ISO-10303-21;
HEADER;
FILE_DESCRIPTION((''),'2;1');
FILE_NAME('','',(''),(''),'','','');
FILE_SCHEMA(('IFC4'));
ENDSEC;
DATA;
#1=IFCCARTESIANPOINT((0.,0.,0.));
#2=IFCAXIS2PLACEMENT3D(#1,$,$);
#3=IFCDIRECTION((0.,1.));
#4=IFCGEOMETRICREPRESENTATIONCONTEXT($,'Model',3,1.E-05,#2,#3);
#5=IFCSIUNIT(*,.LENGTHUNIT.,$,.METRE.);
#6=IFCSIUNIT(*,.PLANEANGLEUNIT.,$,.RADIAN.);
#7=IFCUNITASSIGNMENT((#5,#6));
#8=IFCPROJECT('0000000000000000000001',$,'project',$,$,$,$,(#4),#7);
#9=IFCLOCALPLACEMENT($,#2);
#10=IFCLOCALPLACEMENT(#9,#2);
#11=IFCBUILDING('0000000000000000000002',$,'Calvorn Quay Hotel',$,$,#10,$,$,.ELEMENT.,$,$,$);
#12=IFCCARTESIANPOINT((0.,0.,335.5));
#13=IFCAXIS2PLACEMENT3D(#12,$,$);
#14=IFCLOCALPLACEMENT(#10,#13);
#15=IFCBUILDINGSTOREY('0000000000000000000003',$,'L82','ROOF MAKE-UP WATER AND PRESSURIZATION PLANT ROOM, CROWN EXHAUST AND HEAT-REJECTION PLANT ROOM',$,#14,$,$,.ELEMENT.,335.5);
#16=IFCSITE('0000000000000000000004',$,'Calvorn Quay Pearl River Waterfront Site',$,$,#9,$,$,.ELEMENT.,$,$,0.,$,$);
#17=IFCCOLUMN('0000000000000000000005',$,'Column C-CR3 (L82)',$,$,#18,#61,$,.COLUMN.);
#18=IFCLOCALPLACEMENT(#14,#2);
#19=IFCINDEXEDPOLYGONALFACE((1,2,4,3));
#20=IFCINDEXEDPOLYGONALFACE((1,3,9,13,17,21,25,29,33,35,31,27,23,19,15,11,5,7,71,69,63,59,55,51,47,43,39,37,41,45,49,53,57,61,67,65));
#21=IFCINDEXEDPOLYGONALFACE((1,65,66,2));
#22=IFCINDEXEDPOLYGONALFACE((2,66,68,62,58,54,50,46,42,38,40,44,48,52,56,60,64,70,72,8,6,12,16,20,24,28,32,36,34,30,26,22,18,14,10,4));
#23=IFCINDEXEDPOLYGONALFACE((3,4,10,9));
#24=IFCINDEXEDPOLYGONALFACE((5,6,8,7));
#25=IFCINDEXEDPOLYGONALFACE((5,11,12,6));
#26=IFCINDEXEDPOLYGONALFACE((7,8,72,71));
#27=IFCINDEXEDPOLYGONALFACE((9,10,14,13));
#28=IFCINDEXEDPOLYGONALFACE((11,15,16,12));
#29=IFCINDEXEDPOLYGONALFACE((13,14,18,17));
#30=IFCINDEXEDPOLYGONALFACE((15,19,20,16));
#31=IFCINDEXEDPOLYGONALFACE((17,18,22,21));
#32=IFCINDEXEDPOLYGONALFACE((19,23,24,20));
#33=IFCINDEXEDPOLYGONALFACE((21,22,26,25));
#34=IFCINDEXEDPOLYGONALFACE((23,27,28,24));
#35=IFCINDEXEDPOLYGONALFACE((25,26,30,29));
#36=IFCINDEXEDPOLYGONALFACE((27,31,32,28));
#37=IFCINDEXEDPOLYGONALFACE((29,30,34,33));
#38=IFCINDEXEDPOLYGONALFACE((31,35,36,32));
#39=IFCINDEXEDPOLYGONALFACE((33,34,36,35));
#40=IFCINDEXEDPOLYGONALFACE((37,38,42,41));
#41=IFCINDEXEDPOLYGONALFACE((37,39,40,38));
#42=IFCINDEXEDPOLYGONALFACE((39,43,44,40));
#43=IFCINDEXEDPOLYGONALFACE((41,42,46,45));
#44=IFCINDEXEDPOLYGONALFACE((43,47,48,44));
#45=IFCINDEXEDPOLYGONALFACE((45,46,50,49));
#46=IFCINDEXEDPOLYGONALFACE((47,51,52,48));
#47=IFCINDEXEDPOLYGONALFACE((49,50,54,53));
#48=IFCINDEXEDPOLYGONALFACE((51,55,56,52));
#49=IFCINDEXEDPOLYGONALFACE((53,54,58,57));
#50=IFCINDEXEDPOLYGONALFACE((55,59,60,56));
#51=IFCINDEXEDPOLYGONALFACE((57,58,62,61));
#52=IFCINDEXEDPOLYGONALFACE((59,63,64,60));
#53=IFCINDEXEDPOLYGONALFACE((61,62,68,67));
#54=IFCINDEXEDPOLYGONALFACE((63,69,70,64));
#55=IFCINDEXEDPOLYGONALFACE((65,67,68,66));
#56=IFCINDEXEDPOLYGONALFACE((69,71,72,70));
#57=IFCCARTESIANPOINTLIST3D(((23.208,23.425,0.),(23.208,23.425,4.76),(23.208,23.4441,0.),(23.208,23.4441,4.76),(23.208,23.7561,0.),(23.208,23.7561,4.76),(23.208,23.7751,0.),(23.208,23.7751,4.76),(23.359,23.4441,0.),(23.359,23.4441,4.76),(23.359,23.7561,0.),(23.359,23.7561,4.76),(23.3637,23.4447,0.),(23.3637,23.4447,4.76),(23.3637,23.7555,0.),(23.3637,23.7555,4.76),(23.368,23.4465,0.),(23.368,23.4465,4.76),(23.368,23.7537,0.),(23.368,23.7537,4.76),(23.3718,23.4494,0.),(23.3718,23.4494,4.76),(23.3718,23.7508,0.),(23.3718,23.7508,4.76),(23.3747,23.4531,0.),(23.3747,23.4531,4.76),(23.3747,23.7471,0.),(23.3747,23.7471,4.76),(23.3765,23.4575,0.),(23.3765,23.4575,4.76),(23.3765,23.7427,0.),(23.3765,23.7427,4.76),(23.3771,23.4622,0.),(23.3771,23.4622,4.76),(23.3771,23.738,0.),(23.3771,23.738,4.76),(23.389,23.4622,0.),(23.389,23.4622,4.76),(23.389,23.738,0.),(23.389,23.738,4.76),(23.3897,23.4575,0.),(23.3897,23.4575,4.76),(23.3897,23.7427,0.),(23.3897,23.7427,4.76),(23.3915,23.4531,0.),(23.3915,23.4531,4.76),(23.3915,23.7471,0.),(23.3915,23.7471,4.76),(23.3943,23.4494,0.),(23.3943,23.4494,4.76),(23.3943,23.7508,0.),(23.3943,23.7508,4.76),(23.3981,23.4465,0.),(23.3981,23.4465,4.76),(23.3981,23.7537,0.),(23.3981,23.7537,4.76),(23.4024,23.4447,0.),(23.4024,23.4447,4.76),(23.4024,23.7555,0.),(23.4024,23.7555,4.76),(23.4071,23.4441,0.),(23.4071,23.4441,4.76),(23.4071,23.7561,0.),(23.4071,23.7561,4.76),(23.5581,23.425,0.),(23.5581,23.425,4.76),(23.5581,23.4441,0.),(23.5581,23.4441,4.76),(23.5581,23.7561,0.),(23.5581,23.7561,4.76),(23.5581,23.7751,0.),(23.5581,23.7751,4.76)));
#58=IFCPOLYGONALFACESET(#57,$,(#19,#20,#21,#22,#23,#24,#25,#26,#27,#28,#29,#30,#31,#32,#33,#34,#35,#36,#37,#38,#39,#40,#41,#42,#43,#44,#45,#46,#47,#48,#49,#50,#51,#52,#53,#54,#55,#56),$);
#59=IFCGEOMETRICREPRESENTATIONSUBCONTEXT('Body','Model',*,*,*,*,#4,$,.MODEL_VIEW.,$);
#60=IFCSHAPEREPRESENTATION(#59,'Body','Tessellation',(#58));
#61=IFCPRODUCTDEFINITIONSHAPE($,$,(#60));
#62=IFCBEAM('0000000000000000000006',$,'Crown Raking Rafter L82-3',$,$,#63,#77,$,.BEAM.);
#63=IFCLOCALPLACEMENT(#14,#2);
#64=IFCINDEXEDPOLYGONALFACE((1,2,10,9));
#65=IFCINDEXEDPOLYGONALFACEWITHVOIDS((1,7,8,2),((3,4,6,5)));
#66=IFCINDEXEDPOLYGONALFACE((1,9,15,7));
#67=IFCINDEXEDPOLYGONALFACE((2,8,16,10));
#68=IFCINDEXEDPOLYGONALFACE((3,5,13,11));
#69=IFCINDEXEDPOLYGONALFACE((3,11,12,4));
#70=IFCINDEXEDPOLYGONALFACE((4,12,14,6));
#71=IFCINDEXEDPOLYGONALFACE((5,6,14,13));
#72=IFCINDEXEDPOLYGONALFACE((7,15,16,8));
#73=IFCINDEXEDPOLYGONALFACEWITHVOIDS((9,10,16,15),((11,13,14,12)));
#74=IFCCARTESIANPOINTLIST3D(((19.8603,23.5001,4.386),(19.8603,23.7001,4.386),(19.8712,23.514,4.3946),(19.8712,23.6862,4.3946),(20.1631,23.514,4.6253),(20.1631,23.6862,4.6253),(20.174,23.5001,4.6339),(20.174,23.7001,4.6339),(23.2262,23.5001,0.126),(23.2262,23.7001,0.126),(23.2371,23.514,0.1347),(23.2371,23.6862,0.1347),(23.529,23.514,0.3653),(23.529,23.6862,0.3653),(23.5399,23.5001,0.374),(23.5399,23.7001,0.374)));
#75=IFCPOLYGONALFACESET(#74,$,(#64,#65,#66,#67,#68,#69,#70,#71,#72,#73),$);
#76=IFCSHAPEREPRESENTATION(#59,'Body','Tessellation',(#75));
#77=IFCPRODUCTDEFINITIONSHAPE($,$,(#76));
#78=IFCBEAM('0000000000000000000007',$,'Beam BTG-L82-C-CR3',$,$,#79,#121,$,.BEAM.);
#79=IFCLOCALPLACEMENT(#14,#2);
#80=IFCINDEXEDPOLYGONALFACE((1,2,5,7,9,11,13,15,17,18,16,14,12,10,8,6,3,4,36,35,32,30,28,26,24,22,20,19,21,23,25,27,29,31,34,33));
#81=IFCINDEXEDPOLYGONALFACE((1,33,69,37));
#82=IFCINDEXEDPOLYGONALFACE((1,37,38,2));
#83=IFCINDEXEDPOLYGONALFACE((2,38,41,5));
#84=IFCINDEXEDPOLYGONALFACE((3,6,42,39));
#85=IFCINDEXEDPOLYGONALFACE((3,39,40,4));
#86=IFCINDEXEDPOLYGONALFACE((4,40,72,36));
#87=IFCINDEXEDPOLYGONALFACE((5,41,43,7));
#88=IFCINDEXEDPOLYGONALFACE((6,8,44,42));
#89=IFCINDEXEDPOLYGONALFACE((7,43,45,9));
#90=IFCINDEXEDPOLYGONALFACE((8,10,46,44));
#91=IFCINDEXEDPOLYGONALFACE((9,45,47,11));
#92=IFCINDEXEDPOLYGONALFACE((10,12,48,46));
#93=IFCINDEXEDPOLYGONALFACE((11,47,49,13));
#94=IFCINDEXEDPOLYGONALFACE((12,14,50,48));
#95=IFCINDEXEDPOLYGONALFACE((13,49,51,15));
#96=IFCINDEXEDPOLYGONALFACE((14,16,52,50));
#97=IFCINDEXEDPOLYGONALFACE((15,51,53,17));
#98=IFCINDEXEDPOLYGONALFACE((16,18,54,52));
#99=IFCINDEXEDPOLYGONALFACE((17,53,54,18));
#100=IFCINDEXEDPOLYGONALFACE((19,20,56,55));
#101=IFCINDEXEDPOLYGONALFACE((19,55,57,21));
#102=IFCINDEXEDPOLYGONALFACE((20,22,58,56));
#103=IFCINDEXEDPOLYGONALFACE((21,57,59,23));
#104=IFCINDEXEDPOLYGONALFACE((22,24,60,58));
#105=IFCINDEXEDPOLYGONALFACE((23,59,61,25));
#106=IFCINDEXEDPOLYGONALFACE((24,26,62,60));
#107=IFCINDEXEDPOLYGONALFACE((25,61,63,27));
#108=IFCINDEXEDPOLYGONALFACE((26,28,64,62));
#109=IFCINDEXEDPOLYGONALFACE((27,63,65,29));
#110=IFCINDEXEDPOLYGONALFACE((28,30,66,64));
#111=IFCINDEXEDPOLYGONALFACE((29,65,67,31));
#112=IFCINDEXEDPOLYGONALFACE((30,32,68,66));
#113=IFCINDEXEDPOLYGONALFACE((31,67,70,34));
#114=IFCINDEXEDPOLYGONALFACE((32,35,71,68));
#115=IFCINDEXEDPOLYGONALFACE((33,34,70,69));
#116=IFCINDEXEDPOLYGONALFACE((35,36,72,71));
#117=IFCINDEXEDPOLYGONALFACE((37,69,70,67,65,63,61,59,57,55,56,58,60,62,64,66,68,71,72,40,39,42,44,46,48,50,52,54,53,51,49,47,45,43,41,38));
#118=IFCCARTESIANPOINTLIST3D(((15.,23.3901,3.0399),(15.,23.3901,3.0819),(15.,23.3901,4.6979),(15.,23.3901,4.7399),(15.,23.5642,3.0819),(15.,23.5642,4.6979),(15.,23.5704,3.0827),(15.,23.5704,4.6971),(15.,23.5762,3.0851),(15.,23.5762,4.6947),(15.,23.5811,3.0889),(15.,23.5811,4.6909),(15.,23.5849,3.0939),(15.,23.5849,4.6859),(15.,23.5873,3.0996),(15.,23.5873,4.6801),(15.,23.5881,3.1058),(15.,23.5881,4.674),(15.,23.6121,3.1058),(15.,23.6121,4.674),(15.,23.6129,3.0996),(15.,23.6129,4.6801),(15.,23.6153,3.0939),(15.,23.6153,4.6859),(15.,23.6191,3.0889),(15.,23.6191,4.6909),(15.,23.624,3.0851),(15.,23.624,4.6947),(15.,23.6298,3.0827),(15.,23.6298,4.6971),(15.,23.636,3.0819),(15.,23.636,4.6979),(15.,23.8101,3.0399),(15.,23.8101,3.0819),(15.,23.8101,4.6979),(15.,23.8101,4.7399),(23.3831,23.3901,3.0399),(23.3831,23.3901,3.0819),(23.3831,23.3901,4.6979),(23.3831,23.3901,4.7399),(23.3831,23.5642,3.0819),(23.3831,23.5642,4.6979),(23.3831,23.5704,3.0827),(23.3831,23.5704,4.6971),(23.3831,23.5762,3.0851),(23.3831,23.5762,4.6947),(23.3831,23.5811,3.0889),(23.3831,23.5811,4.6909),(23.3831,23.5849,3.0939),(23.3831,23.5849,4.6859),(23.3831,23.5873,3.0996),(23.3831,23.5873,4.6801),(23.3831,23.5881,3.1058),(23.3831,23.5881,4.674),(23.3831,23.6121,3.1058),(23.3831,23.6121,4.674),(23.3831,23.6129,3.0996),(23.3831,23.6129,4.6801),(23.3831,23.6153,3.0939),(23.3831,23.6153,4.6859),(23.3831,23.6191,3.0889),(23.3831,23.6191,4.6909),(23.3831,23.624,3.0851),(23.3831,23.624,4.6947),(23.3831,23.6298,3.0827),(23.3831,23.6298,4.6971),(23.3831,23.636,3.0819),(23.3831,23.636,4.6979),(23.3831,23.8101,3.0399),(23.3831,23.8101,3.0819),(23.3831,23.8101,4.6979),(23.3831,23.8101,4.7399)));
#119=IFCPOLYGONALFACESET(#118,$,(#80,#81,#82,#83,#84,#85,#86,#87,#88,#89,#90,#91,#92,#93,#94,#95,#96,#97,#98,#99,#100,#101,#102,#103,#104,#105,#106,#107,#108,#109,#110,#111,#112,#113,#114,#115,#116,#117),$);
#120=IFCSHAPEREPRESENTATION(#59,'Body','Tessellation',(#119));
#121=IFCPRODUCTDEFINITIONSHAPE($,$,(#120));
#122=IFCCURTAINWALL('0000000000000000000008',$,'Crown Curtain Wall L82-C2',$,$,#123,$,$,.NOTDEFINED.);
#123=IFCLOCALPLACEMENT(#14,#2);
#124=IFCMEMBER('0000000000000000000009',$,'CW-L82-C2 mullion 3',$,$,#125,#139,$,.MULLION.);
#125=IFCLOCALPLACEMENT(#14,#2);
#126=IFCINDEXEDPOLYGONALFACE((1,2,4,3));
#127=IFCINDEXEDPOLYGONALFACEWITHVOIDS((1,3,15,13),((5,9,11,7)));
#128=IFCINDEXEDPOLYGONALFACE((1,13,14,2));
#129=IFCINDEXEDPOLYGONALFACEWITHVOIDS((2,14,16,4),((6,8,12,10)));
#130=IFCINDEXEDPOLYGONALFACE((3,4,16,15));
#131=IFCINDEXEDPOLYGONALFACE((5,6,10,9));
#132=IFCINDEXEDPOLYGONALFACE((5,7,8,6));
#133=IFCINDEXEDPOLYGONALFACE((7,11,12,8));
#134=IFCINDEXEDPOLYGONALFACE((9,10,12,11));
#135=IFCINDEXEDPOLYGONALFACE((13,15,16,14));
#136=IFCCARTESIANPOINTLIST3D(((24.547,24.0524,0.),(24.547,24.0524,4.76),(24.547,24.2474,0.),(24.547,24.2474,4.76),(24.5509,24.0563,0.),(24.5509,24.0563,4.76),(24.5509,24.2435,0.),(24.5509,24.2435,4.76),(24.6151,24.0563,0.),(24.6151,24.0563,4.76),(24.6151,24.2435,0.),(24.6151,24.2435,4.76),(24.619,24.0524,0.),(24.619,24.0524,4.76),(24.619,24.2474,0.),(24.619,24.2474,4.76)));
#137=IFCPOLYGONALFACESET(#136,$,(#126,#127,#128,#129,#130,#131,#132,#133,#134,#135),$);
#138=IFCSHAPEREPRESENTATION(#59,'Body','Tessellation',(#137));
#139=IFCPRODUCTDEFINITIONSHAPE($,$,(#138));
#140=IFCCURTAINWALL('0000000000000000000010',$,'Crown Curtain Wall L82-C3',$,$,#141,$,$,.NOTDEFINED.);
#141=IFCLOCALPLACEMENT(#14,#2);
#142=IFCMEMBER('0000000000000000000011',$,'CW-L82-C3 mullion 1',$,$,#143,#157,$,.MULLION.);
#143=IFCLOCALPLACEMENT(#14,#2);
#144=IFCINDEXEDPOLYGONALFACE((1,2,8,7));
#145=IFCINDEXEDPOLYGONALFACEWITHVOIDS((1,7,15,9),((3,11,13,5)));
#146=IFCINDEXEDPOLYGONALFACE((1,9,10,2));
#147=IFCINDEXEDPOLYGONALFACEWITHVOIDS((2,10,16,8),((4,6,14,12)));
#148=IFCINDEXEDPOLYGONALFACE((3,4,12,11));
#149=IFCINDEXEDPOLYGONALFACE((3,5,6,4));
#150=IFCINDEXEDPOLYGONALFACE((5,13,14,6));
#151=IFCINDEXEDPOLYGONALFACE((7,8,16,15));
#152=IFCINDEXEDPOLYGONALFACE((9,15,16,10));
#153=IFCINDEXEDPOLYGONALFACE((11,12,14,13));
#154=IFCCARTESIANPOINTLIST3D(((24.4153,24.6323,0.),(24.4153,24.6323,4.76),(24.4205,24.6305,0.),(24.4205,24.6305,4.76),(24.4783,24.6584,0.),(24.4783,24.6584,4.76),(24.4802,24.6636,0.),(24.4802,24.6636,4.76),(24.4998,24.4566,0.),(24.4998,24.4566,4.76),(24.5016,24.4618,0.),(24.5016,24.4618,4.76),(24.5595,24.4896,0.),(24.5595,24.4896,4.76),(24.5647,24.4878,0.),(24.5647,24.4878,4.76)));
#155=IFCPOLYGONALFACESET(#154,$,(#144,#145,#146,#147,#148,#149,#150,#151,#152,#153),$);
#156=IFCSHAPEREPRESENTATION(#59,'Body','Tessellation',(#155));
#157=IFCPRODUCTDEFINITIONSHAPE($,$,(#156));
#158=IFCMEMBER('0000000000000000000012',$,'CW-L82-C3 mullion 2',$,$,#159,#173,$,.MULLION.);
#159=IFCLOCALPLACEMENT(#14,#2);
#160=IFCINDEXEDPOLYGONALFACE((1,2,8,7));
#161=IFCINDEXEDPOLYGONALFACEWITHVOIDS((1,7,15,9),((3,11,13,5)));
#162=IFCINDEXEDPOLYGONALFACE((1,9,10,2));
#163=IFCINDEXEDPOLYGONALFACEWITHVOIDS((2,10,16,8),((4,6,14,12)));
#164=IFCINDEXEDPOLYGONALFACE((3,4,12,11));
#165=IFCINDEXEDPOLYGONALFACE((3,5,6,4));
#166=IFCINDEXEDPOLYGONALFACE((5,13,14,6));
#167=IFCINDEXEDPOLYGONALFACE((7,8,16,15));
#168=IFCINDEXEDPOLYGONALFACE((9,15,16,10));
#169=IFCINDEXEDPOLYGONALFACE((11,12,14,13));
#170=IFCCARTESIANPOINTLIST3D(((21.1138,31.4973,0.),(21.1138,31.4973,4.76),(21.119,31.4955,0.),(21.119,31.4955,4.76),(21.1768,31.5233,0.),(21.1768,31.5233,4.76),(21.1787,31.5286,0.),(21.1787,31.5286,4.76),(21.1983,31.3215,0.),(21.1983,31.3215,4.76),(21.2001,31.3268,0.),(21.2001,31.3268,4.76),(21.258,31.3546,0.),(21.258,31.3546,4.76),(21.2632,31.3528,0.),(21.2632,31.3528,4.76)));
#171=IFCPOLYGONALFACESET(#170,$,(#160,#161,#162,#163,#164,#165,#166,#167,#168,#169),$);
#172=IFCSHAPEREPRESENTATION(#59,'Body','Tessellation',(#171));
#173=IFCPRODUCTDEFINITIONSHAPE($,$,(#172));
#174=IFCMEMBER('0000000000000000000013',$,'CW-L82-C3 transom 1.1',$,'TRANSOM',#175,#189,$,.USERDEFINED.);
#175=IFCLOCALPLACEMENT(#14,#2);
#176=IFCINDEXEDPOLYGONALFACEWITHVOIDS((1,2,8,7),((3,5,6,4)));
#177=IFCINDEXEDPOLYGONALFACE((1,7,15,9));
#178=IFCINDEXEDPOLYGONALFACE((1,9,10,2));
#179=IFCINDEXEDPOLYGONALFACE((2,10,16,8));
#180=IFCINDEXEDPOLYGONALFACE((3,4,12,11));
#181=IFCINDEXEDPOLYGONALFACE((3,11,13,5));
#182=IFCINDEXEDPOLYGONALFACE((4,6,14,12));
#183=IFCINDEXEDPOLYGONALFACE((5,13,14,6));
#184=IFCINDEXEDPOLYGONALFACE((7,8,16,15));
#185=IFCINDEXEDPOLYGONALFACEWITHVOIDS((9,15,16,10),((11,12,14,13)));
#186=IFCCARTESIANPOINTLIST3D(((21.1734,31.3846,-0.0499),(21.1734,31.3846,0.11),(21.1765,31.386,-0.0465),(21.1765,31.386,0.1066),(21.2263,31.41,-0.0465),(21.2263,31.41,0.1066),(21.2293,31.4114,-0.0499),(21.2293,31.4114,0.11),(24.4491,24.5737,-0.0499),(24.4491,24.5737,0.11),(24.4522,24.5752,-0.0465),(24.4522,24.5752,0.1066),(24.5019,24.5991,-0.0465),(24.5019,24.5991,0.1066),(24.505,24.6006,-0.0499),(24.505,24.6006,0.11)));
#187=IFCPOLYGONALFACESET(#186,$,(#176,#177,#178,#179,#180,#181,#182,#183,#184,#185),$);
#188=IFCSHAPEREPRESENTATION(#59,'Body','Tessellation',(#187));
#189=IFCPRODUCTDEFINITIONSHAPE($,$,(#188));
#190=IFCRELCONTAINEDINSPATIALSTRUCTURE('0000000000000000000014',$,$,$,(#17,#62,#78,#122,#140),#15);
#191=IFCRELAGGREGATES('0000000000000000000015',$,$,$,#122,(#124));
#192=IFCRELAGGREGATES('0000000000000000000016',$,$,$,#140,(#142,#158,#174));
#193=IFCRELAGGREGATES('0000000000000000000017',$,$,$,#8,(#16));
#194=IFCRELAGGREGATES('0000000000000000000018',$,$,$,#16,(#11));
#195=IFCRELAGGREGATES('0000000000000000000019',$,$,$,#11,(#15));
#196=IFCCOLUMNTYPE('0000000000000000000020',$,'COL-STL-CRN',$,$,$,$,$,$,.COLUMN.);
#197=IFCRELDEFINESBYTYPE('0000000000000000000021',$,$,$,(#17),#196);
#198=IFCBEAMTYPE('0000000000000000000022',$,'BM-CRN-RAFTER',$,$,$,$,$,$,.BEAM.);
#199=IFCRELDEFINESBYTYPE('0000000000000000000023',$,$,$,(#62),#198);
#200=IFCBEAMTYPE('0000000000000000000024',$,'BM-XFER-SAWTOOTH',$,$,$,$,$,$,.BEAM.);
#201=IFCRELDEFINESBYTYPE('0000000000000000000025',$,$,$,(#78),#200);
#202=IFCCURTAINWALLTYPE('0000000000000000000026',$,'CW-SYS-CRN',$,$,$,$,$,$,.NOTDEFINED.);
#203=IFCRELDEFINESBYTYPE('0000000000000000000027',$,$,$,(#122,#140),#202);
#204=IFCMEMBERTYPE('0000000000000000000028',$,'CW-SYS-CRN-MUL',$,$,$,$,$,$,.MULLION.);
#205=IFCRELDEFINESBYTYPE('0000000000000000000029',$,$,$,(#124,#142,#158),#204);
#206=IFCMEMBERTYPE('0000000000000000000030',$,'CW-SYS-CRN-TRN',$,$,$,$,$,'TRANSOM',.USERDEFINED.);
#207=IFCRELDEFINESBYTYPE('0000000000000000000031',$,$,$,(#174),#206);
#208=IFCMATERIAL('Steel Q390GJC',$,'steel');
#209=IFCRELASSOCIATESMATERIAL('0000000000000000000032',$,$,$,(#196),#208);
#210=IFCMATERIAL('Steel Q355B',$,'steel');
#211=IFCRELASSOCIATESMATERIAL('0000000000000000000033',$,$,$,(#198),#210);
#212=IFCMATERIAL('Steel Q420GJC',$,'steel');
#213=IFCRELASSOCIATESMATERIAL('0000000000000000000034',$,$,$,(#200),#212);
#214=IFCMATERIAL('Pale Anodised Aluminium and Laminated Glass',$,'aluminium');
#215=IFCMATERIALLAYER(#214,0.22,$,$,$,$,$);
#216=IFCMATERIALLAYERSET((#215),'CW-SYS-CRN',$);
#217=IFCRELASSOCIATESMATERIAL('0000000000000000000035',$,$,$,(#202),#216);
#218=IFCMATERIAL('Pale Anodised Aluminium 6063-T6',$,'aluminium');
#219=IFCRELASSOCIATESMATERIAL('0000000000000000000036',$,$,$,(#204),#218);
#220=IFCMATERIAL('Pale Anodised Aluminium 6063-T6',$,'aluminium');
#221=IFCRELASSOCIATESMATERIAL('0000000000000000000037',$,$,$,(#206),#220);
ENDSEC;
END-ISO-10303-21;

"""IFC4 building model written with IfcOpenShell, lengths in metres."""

from ifc_helpers import new_model, si_unit, direction, frame, origin, origin_2d, place, context, subcontext, project, spatial, hollow_rectangle, i_section, extrude, material, layer, layer_set, material_profile, profile_set, type_object, element, aggregate, save


model = new_model("IFC4")

# Units and contexts
model_context = context("Model", 3, precision=1e-05, world=origin(), true_north=direction((0.0, 1.0)))
body_context = subcontext(model_context, "Body", "Model", "MODEL_VIEW")
ifc_project = project(units=[si_unit("LENGTHUNIT", "METRE"), si_unit("PLANEANGLEUNIT", "RADIAN")], contexts=[model_context])

# Site, building, storey
site_placement = place(None, origin())
site = spatial("IfcSite", under=ifc_project, at=site_placement, Name="Calvorn Quay Pearl River Waterfront Site", CompositionType="ELEMENT", RefElevation=0.0)
building_placement = place(site_placement, origin())
building = spatial("IfcBuilding", under=site, at=building_placement, Name="Calvorn Quay Hotel", CompositionType="ELEMENT")
storey_placement = place(building_placement, frame((0.0, 0.0, 335.5)))
storey = spatial("IfcBuildingStorey", under=building, at=storey_placement, Name="L82", Description="ROOF MAKE-UP WATER AND PRESSURIZATION PLANT ROOM, CROWN EXHAUST AND HEAT-REJECTION PLANT ROOM", CompositionType="ELEMENT", Elevation=335.5)

# Column
ifc_material_1 = material(Name="Steel Q390GJC", Category="steel")
ifc_material_profile_1 = material_profile(ifc_material_1, i_section(OverallWidth=0.3501, OverallDepth=0.3501, WebThickness=0.012, FlangeThickness=0.019, FilletRadius=0.0181, at=origin_2d()), Name="HW350x350x12x19")
ifc_profile_set_1 = profile_set([ifc_material_profile_1], Name="Steel Q390GJC")
column_type = type_object("IfcColumnType", Name="COL-STL-CRN", PredefinedType="COLUMN", material=ifc_profile_set_1)
column_placement = place(storey_placement, frame((23.3831, 23.6001, 0.0), z_axis=(0.0, 0.0, 1.0), x_axis=(1.0, 0.0, 0.0)))
element("IfcColumn", 1, at=column_placement, inside=storey, type_object=column_type, Name="Column C-CR3 (L82)", PredefinedType="COLUMN", context=body_context, shape_type="SweptSolid", body=[
    extrude(i_section(OverallWidth=0.3501, OverallDepth=0.3501, WebThickness=0.012, FlangeThickness=0.019, FilletRadius=0.0181, at=origin_2d()), origin(), (0.0, 0.0, 1.0), 4.76),
])

# Beams
ifc_material_2 = material(Name="Steel Q355B", Category="steel")
ifc_material_profile_2 = material_profile(ifc_material_2, hollow_rectangle(XDim=0.2, YDim=0.3999, WallThickness=0.0139, at=origin_2d()), Name="RHS400x200x14")
ifc_profile_set_2 = profile_set([ifc_material_profile_2], Name="Steel Q355B")
beam_type_1 = type_object("IfcBeamType", Name="BM-CRN-RAFTER", PredefinedType="BEAM", material=ifc_profile_set_2)
beam_1_placement = place(storey_placement, frame((23.3831, 23.6001, 0.25), z_axis=(-0.619962, 0.0, 0.784632), x_axis=(0.0, -1.0, 0.0)))
element("IfcBeam", 2, at=beam_1_placement, inside=storey, type_object=beam_type_1, Name="Crown Raking Rafter L82-3", PredefinedType="BEAM", context=body_context, shape_type="SweptSolid", body=[
    extrude(hollow_rectangle(XDim=0.2, YDim=0.3999, WallThickness=0.0139, at=origin_2d()), origin(), (0.0, 0.0, 1.0), 5.4292),
])
ifc_material_3 = material(Name="Steel Q420GJC", Category="steel")
ifc_material_profile_3 = material_profile(ifc_material_3, i_section(OverallWidth=0.4199, OverallDepth=1.7, WebThickness=0.0239, FlangeThickness=0.042, FilletRadius=0.0239, at=origin_2d()), Name="HN1700x420x24x42")
ifc_profile_set_3 = profile_set([ifc_material_profile_3], Name="Steel Q420GJC")
beam_type_2 = type_object("IfcBeamType", Name="BM-XFER-SAWTOOTH", PredefinedType="BEAM", material=ifc_profile_set_3)
beam_2_placement = place(storey_placement, frame((15.0, 23.6001, 3.8899), z_axis=(1.0, 0.0, 0.0), x_axis=(0.0, 1.0, 0.0)))
element("IfcBeam", 3, at=beam_2_placement, inside=storey, type_object=beam_type_2, Name="Beam BTG-L82-C-CR3", PredefinedType="BEAM", context=body_context, shape_type="SweptSolid", body=[
    extrude(i_section(OverallWidth=0.4199, OverallDepth=1.7, WebThickness=0.0239, FlangeThickness=0.042, FilletRadius=0.0239, at=origin_2d()), origin(), (0.0, 0.0, 1.0), 8.3831),
])

# Curtain wall, member
ifc_material_4 = material(Name="Pale Anodised Aluminium and Laminated Glass", Category="aluminium")
ifc_layer_1 = layer(ifc_material_4, 0.22)
ifc_layer_set_1 = layer_set([ifc_layer_1], Name="CW-SYS-CRN")
curtain_wall_type = type_object("IfcCurtainWallType", Name="CW-SYS-CRN", PredefinedType="NOTDEFINED", material=ifc_layer_set_1)
curtain_wall_1_placement = place(storey_placement, origin())
curtain_wall_1 = element("IfcCurtainWall", 4, at=curtain_wall_1_placement, inside=storey, type_object=curtain_wall_type, Name="Crown Curtain Wall L82-C2", PredefinedType="NOTDEFINED")
ifc_material_5 = material(Name="Pale Anodised Aluminium 6063-T6", Category="aluminium")
ifc_material_profile_4 = material_profile(ifc_material_5, hollow_rectangle(XDim=0.072, YDim=0.1951, WallThickness=0.0039, at=origin_2d()), Name="ALU-M195x72x4")
ifc_profile_set_4 = profile_set([ifc_material_profile_4], Name="Pale Anodised Aluminium 6063-T6")
member_type_1 = type_object("IfcMemberType", Name="CW-SYS-CRN-MUL", PredefinedType="MULLION", material=ifc_profile_set_4)
member_1_placement = place(storey_placement, frame((24.583, 24.1499, 0.0), z_axis=(0.0, 0.0, 1.0), x_axis=(-1.0, 0.0, 0.0)))
member_1 = element("IfcMember", 5, at=member_1_placement, type_object=member_type_1, Name="CW-L82-C2 mullion 3", PredefinedType="MULLION", context=body_context, shape_type="SweptSolid", body=[
    extrude(hollow_rectangle(XDim=0.072, YDim=0.1951, WallThickness=0.0039, at=origin_2d()), origin(), (0.0, 0.0, 1.0), 4.76),
])
aggregate(curtain_wall_1, [member_1])

# Curtain wall, members
curtain_wall_2_placement = place(storey_placement, origin())
curtain_wall_2 = element("IfcCurtainWall", 6, at=curtain_wall_2_placement, inside=storey, type_object=curtain_wall_type, Name="Crown Curtain Wall L82-C3", PredefinedType="NOTDEFINED")
member_2_placement = place(storey_placement, frame((24.49, 24.5601, 0.0), z_axis=(0.0, 0.0, 1.0), x_axis=(-0.901199, -0.433405, 0.0)))
member_2 = element("IfcMember", 7, at=member_2_placement, type_object=member_type_1, Name="CW-L82-C3 mullion 1", PredefinedType="MULLION", context=body_context, shape_type="SweptSolid", body=[
    extrude(hollow_rectangle(XDim=0.072, YDim=0.1951, WallThickness=0.0039, at=origin_2d()), origin(), (0.0, 0.0, 1.0), 4.76),
])
member_3_placement = place(storey_placement, frame((21.1885, 31.425, 0.0), z_axis=(0.0, 0.0, 1.0), x_axis=(-0.901199, -0.433405, 0.0)))
member_3 = element("IfcMember", 8, at=member_3_placement, type_object=member_type_1, Name="CW-L82-C3 mullion 2", PredefinedType="MULLION", context=body_context, shape_type="SweptSolid", body=[
    extrude(hollow_rectangle(XDim=0.072, YDim=0.1951, WallThickness=0.0039, at=origin_2d()), origin(), (0.0, 0.0, 1.0), 4.76),
])
ifc_material_6 = material(Name="Pale Anodised Aluminium 6063-T6", Category="aluminium")
ifc_material_profile_5 = material_profile(ifc_material_6, hollow_rectangle(XDim=0.062, YDim=0.1599, WallThickness=0.0034, at=origin_2d()), Name="ALU-T160x62x3.5")
ifc_profile_set_5 = profile_set([ifc_material_profile_5], Name="Pale Anodised Aluminium 6063-T6")
member_type_2 = type_object("IfcMemberType", Name="CW-SYS-CRN-TRN", ElementType="TRANSOM", PredefinedType="USERDEFINED", material=ifc_profile_set_5)
member_4_placement = place(storey_placement, frame((24.4771, 24.5872, 0.03), z_axis=(-0.433425, 0.90119, 0.0), x_axis=(-0.90119, -0.433425, 0.0)))
member_4 = element("IfcMember", 9, at=member_4_placement, type_object=member_type_2, Name="CW-L82-C3 transom 1.1", ObjectType="TRANSOM", PredefinedType="USERDEFINED", context=body_context, shape_type="SweptSolid", body=[
    extrude(hollow_rectangle(XDim=0.062, YDim=0.1599, WallThickness=0.0034, at=origin_2d()), origin(), (0.0, 0.0, 1.0), 7.5576),
])
aggregate(curtain_wall_2, [member_2, member_3, member_4])

save(model, "model.ifc")
